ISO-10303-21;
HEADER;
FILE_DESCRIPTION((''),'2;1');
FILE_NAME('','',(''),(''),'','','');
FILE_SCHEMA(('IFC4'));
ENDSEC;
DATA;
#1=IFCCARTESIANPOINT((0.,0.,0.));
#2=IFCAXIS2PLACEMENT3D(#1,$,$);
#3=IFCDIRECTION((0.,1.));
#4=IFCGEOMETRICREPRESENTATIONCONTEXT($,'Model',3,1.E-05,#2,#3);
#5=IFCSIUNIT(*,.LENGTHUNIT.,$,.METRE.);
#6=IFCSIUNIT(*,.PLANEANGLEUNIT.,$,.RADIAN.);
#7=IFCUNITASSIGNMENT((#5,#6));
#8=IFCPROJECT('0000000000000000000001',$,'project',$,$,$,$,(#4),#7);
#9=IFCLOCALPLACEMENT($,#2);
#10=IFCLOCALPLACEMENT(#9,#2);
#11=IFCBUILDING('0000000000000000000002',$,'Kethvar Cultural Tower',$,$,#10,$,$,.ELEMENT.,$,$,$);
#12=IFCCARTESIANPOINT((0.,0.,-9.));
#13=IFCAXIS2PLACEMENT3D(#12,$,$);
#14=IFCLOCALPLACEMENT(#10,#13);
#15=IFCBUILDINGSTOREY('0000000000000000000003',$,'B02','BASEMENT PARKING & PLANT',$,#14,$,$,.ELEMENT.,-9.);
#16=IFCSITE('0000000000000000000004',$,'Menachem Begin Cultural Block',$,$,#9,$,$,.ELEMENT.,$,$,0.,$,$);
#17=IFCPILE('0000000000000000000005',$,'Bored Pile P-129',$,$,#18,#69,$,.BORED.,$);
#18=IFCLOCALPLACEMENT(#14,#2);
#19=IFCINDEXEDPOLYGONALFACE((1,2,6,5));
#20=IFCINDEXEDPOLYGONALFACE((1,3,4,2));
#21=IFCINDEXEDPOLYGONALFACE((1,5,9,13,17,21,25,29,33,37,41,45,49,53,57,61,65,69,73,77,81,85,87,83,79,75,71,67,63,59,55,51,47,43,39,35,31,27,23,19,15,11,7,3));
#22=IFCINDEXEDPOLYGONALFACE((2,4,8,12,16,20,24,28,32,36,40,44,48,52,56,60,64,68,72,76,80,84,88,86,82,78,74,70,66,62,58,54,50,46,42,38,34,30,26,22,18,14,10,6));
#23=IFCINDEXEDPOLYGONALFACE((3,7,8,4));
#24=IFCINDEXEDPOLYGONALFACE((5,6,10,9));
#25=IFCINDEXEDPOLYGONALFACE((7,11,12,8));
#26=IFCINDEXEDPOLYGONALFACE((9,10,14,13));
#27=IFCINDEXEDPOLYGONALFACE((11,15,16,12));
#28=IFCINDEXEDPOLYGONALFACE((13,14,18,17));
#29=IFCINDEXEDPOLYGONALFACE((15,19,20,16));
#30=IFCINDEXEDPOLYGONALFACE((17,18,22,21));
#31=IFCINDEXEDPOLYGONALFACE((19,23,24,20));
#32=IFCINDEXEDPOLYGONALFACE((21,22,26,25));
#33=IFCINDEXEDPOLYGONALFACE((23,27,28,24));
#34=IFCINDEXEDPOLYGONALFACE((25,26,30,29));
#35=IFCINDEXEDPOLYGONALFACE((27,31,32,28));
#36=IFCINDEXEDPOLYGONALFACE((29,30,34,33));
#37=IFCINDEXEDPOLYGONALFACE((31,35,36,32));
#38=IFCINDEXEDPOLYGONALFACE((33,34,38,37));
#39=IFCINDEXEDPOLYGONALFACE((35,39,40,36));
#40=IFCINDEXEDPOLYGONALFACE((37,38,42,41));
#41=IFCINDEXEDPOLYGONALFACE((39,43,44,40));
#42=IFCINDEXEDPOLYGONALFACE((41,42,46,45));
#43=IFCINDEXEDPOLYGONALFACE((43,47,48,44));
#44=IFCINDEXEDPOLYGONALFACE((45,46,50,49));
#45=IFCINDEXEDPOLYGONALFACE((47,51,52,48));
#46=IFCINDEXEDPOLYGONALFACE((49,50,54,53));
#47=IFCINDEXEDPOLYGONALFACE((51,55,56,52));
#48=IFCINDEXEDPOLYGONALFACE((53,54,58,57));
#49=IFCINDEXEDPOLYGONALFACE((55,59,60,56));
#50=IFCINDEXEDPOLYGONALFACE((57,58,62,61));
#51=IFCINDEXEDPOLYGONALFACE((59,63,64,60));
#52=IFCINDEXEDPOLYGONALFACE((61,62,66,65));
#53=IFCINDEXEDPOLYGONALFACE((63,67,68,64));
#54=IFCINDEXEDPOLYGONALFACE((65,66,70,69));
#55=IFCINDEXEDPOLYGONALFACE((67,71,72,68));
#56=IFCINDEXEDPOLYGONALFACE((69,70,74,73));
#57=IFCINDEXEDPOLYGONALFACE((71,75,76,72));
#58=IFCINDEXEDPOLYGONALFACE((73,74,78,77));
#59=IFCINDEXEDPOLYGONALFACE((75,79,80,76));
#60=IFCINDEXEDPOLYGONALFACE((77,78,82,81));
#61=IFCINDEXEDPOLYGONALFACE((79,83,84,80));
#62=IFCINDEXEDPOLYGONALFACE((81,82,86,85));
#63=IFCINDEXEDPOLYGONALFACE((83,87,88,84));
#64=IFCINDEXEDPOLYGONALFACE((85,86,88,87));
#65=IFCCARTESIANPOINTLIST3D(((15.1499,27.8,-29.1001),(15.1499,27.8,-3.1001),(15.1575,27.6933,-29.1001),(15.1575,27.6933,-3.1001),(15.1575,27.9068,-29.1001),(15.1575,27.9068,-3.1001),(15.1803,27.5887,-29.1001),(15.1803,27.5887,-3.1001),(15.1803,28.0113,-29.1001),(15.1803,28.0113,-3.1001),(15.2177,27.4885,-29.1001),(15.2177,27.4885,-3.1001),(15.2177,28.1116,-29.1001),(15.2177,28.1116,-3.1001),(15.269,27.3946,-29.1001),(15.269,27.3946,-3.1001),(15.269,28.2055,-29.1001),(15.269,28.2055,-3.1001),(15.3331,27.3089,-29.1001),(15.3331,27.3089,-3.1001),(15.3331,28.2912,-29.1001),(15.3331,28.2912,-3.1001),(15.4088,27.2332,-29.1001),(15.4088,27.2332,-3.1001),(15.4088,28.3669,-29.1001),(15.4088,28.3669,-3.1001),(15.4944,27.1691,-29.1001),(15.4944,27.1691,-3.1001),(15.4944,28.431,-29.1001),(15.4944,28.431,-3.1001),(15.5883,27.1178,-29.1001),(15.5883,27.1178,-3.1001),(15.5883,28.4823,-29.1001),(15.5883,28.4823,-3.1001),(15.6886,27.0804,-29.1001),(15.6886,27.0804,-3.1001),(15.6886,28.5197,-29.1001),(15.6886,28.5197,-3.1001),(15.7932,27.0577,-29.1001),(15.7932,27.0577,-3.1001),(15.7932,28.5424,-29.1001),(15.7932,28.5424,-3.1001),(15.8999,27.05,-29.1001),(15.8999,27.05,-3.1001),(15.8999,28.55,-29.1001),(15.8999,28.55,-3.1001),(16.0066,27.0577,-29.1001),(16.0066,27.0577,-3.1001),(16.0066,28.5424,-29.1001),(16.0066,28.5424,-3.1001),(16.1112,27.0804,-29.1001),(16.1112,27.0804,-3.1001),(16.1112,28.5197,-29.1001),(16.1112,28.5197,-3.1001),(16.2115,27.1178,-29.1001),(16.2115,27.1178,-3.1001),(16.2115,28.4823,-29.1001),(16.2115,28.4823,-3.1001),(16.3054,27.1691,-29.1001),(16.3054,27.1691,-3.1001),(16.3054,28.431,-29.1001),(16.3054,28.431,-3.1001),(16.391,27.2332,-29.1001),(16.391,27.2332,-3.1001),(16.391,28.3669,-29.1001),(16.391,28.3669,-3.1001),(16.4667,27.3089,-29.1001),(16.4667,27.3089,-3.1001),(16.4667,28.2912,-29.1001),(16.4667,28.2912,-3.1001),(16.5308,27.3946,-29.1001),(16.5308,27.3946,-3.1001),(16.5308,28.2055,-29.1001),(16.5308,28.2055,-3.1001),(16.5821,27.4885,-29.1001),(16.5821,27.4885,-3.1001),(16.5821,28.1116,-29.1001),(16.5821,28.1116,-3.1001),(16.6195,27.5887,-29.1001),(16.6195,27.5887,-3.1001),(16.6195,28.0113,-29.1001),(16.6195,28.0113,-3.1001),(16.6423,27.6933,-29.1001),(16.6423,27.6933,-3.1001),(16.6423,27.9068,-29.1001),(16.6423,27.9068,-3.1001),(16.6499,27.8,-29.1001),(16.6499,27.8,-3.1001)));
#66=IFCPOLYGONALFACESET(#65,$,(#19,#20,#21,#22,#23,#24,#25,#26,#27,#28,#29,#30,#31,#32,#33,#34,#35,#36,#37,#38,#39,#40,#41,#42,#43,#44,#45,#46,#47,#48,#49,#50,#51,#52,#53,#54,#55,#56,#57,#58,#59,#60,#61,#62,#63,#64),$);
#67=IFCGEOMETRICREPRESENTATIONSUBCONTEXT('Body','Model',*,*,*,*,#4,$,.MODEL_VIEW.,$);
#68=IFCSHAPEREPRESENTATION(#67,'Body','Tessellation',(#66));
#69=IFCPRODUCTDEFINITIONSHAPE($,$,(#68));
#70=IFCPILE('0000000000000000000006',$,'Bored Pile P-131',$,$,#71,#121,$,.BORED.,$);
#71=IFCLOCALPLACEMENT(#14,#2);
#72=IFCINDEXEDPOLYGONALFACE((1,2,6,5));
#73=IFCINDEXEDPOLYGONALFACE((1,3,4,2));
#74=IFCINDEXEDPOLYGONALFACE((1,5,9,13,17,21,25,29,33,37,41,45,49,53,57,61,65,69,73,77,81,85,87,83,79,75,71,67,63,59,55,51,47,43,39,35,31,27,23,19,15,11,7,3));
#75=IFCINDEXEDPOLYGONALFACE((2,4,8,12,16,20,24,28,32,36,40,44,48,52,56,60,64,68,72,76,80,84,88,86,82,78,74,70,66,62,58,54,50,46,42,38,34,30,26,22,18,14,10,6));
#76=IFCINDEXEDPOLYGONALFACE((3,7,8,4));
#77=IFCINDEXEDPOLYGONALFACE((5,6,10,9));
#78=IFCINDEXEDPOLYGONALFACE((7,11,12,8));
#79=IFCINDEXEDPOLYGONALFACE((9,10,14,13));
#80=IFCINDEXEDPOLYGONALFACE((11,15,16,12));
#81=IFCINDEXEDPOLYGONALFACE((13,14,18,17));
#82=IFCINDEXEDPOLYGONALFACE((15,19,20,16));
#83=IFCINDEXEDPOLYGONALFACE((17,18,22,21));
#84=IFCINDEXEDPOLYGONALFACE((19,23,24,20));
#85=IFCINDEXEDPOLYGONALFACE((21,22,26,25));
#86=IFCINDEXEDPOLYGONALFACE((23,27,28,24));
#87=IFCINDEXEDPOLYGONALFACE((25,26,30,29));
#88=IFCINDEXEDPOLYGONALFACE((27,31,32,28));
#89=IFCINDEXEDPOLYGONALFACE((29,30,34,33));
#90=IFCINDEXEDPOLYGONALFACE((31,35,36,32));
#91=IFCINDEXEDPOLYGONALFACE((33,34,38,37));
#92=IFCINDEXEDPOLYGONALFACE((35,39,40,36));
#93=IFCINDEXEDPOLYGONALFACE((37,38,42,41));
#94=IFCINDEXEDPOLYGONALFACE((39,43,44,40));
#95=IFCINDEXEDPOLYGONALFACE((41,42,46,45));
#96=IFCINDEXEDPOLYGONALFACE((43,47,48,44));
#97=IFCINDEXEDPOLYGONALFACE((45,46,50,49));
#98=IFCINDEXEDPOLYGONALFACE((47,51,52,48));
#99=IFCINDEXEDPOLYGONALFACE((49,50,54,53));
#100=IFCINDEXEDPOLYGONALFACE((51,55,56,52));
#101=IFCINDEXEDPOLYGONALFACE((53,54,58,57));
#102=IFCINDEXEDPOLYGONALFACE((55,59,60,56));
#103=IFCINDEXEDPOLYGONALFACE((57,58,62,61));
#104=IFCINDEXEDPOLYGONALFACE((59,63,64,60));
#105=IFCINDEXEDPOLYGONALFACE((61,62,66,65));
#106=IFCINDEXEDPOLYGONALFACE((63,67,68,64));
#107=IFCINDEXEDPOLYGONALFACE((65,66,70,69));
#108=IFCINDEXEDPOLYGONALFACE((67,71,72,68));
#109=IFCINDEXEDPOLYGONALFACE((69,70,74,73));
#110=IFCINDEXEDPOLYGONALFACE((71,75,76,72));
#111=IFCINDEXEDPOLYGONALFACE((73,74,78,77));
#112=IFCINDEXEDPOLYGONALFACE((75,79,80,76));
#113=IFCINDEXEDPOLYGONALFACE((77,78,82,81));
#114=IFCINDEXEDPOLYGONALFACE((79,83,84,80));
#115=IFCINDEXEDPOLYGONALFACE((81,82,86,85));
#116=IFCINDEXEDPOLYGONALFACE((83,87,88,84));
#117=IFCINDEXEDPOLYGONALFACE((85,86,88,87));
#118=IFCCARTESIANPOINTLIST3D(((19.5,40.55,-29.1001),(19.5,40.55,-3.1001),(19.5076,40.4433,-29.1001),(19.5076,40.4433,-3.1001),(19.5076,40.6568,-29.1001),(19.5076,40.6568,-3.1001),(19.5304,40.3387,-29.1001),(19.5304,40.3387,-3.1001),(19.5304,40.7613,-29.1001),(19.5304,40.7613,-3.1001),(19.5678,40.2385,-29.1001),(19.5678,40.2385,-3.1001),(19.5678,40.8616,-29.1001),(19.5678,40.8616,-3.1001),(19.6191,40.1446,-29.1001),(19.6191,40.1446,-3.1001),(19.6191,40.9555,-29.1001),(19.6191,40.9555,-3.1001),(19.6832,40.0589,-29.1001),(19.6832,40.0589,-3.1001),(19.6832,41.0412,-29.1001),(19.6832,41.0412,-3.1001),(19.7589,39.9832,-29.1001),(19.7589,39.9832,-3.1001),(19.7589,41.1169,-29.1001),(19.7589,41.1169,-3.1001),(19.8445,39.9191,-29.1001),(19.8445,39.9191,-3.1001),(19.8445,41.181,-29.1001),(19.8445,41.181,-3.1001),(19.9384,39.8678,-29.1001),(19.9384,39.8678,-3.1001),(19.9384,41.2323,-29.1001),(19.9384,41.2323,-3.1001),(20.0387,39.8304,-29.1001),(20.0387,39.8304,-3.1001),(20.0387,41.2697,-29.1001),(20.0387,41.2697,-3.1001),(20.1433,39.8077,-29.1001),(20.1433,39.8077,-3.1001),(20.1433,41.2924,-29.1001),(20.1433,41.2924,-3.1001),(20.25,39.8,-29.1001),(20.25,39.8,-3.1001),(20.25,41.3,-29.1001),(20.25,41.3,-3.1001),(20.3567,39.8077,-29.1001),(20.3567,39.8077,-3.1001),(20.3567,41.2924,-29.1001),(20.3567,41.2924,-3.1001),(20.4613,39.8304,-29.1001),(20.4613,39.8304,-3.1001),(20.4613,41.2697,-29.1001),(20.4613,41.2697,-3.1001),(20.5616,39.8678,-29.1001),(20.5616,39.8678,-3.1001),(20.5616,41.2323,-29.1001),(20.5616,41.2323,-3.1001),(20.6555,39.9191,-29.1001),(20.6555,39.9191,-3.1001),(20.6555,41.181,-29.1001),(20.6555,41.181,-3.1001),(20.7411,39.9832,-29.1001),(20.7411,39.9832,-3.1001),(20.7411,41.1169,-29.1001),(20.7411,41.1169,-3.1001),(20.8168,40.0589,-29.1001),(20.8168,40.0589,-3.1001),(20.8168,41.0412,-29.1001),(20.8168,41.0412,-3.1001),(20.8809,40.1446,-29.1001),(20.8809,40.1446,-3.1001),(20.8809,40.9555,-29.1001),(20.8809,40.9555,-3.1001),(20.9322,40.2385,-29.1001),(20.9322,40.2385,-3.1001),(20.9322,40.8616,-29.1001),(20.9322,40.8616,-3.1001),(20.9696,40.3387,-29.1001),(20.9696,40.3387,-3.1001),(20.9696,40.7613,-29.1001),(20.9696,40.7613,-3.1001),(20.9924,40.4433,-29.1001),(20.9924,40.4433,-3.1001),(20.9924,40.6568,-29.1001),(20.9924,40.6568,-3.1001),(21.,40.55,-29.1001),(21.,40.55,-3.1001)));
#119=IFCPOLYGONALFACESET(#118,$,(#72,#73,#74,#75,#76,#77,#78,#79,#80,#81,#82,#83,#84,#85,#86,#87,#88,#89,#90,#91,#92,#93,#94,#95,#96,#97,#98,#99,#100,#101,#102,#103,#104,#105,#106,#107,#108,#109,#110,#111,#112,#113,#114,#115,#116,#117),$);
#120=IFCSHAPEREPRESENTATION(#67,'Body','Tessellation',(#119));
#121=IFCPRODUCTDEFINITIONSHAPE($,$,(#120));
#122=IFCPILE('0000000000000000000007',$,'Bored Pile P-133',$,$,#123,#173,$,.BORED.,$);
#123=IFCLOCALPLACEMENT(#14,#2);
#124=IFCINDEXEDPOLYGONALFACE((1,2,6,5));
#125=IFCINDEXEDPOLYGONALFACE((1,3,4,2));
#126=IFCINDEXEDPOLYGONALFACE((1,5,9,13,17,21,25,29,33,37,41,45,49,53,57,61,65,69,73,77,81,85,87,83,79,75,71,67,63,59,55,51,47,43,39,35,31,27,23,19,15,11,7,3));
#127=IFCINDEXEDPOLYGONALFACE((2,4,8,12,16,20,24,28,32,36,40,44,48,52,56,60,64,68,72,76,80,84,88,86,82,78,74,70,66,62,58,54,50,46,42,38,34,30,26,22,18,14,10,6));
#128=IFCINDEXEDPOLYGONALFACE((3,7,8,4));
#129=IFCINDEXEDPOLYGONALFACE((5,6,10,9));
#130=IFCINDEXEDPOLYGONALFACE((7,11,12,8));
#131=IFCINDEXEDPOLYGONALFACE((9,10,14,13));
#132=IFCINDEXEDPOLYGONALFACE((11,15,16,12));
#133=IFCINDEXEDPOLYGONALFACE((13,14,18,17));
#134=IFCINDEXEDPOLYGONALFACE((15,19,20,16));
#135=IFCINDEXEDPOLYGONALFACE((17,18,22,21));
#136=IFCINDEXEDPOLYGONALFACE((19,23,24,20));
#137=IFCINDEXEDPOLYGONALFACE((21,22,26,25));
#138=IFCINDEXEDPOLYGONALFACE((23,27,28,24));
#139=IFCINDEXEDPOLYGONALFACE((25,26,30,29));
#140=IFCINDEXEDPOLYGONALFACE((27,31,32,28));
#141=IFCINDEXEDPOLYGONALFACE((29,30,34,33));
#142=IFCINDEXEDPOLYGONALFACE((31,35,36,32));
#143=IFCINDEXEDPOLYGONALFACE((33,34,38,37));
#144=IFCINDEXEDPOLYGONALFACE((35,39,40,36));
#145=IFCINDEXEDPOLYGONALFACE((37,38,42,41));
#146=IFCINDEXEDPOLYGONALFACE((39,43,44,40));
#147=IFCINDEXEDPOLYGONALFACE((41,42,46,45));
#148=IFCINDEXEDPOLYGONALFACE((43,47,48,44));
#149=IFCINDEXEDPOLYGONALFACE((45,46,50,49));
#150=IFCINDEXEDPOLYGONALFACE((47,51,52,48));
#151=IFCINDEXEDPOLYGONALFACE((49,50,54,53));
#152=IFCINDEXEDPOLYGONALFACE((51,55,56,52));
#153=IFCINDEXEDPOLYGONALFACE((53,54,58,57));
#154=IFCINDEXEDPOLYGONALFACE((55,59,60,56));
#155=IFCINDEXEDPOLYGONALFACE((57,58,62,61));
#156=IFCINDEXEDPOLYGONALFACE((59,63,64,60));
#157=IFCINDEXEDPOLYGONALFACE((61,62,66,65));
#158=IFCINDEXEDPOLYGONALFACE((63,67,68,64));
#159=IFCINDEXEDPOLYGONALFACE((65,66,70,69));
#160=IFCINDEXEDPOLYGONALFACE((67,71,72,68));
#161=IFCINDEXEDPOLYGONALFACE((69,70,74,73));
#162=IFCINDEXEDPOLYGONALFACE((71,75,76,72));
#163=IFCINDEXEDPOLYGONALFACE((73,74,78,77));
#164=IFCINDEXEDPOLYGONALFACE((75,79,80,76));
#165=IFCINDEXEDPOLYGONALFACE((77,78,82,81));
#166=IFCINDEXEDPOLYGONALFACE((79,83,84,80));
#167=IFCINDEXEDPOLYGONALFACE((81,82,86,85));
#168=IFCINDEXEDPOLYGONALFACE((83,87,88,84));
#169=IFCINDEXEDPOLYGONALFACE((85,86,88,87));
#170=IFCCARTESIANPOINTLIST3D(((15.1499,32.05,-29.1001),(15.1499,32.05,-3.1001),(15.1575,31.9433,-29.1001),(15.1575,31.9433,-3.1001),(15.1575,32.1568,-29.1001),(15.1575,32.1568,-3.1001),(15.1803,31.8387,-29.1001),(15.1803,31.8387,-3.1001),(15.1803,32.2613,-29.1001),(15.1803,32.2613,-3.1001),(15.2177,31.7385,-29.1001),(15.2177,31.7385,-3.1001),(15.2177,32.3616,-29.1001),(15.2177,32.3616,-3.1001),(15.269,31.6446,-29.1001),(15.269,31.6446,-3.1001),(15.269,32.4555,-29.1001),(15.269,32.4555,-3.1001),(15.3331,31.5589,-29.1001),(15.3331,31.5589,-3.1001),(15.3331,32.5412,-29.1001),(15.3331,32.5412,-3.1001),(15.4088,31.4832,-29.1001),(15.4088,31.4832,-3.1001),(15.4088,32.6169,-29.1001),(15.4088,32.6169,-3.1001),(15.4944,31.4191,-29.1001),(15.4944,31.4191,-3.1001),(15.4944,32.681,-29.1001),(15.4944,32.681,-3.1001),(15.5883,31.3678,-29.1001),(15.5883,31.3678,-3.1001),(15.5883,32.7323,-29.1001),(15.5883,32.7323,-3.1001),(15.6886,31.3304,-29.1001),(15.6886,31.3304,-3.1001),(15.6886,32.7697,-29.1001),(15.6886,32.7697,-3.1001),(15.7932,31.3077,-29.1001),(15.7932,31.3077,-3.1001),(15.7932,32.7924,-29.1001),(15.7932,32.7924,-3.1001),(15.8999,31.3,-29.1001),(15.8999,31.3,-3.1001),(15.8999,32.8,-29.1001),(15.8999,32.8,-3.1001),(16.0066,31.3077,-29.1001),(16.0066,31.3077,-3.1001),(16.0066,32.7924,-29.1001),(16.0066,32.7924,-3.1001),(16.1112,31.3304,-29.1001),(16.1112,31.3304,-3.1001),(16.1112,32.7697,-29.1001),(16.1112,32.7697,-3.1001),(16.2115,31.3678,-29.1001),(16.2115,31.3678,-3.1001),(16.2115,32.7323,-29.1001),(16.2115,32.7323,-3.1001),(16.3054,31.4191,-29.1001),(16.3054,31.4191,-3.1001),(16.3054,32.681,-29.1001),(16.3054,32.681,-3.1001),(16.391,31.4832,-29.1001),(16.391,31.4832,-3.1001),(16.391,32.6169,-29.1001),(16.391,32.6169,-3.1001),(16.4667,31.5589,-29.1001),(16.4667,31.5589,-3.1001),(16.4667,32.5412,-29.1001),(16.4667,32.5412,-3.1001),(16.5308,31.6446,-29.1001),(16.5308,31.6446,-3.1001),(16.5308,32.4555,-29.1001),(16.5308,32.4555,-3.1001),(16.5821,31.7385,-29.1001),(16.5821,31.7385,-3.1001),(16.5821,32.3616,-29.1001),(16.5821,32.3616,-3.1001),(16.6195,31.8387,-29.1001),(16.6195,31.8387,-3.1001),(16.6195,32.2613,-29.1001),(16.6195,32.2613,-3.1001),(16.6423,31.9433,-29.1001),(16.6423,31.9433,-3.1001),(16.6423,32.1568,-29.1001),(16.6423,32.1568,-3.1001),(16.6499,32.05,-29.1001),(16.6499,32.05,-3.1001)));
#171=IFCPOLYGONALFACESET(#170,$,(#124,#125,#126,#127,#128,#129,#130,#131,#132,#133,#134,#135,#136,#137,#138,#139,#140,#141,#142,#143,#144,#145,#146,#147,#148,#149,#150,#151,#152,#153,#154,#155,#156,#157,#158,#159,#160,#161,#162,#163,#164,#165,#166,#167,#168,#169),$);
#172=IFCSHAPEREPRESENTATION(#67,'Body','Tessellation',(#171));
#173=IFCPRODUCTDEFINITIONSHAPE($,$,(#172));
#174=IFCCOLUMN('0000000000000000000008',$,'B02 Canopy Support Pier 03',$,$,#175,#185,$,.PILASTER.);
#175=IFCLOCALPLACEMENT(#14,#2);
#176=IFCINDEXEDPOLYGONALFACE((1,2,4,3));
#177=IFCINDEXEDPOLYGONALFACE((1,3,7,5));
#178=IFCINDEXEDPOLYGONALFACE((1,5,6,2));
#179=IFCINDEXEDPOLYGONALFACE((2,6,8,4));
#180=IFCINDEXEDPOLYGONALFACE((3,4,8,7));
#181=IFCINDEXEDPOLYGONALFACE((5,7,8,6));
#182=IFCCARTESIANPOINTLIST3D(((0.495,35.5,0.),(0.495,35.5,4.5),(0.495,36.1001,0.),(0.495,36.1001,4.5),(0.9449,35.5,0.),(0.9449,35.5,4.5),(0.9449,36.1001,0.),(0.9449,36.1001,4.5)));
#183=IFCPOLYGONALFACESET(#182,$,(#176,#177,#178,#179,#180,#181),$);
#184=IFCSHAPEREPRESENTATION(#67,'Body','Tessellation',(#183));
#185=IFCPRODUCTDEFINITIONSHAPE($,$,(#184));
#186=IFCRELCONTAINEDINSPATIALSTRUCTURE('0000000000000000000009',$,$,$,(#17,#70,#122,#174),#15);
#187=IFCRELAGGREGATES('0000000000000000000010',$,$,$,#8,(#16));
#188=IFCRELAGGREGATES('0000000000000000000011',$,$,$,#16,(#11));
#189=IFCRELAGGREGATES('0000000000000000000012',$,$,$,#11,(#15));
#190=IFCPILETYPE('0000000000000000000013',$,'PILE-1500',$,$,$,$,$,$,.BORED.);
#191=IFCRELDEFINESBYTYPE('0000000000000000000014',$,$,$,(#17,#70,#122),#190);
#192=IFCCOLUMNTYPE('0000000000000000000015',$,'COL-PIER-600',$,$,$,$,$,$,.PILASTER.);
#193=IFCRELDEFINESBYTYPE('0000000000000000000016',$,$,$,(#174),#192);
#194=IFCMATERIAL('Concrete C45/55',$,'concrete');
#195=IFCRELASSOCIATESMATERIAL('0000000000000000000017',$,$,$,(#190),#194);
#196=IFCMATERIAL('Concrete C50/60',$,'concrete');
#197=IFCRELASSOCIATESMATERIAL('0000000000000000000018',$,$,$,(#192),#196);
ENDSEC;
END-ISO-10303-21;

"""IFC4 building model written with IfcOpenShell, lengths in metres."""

from ifc_helpers import new_model, si_unit, direction, frame, origin, origin_2d, place, context, subcontext, project, spatial, rectangle, circle, extrude, source, transform, mapped, material, material_profile, profile_set, type_object, element, save


model = new_model("IFC4")

# Units and contexts
model_context = context("Model", 3, precision=1e-05, world=origin(), true_north=direction((0.0, 1.0)))
body_context = subcontext(model_context, "Body", "Model", "MODEL_VIEW")
ifc_project = project(units=[si_unit("LENGTHUNIT", "METRE"), si_unit("PLANEANGLEUNIT", "RADIAN")], contexts=[model_context])

# Site, building, storey
site_placement = place(None, origin())
site = spatial("IfcSite", under=ifc_project, at=site_placement, Name="Menachem Begin Cultural Block", CompositionType="ELEMENT", RefElevation=0.0)
building_placement = place(site_placement, origin())
building = spatial("IfcBuilding", under=site, at=building_placement, Name="Kethvar Cultural Tower", CompositionType="ELEMENT")
storey_placement = place(building_placement, frame((0.0, 0.0, -9.0)))
storey = spatial("IfcBuildingStorey", under=building, at=storey_placement, Name="B02", Description="BASEMENT PARKING & PLANT", CompositionType="ELEMENT", Elevation=-9.0)

# Piles
ifc_material_1 = material(Name="Concrete C45/55", Category="concrete")
ifc_material_profile_1 = material_profile(ifc_material_1, circle(Radius=0.75, at=origin_2d()), Name="Concrete C45/55 — PILE1500")
ifc_profile_set_1 = profile_set([ifc_material_profile_1], Name="Concrete C45/55 — PILE1500")
pile_type = type_object("IfcPileType", Name="PILE-1500", PredefinedType="BORED", material=ifc_profile_set_1)
shared_shape_1 = source(origin(), body_context, "Body", "SweptSolid", [
    extrude(circle(Radius=0.75, at=origin_2d()), origin(), (0.0, 0.0, 1.0), 26.0),
])
for number, where, z_axis, x_axis, name in (
    (1, (15.8999, 27.8, -3.1001), (0.0, 0.0, -1.0), (1.0, 0.0, 0.0), "Bored Pile P-129"),
    (2, (20.25, 40.55, -3.1001), (0.0, 0.0, -1.0), (1.0, 0.0, 0.0), "Bored Pile P-131"),
    (3, (15.8999, 32.05, -3.1001), (0.0, 0.0, -1.0), (1.0, 0.0, 0.0), "Bored Pile P-133"),
):
    element("IfcPile", number, at=place(storey_placement, frame(where, z_axis=z_axis, x_axis=x_axis)), inside=storey, type_object=pile_type, Name=name, PredefinedType="BORED", context=body_context, shape_type="MappedRepresentation", body=[
        mapped(shared_shape_1, transform((0.0, 0.0, 0.0), scale=1.0)),
    ])

# Column
ifc_material_2 = material(Name="Concrete C50/60", Category="concrete")
ifc_material_profile_2 = material_profile(ifc_material_2, rectangle(XDim=0.45, YDim=0.6001, at=origin_2d()), Name="Concrete C50/60 — RC600x450")
ifc_profile_set_2 = profile_set([ifc_material_profile_2], Name="Concrete C50/60 — RC600x450")
column_type_1 = type_object("IfcColumnType", Name="COL-PIER-600", PredefinedType="PILASTER", material=ifc_profile_set_2)
shared_shape_2 = source(origin(), body_context, "Body", "SweptSolid", [
    extrude(rectangle(XDim=0.45, YDim=0.6001, at=origin_2d()), origin(), (0.0, 0.0, 1.0), 4.5),
])
column_1_placement = place(storey_placement, frame((0.72, 35.8, 0.0), z_axis=(0.0, 0.0, 1.0), x_axis=(1.0, 0.0, 0.0)))
element("IfcColumn", 4, at=column_1_placement, inside=storey, type_object=column_type_1, Name="B02 Canopy Support Pier 03", PredefinedType="PILASTER", context=body_context, shape_type="MappedRepresentation", body=[
    mapped(shared_shape_2, transform((0.0, 0.0, 0.0), scale=1.0)),
])

save(model, "model.ifc")
